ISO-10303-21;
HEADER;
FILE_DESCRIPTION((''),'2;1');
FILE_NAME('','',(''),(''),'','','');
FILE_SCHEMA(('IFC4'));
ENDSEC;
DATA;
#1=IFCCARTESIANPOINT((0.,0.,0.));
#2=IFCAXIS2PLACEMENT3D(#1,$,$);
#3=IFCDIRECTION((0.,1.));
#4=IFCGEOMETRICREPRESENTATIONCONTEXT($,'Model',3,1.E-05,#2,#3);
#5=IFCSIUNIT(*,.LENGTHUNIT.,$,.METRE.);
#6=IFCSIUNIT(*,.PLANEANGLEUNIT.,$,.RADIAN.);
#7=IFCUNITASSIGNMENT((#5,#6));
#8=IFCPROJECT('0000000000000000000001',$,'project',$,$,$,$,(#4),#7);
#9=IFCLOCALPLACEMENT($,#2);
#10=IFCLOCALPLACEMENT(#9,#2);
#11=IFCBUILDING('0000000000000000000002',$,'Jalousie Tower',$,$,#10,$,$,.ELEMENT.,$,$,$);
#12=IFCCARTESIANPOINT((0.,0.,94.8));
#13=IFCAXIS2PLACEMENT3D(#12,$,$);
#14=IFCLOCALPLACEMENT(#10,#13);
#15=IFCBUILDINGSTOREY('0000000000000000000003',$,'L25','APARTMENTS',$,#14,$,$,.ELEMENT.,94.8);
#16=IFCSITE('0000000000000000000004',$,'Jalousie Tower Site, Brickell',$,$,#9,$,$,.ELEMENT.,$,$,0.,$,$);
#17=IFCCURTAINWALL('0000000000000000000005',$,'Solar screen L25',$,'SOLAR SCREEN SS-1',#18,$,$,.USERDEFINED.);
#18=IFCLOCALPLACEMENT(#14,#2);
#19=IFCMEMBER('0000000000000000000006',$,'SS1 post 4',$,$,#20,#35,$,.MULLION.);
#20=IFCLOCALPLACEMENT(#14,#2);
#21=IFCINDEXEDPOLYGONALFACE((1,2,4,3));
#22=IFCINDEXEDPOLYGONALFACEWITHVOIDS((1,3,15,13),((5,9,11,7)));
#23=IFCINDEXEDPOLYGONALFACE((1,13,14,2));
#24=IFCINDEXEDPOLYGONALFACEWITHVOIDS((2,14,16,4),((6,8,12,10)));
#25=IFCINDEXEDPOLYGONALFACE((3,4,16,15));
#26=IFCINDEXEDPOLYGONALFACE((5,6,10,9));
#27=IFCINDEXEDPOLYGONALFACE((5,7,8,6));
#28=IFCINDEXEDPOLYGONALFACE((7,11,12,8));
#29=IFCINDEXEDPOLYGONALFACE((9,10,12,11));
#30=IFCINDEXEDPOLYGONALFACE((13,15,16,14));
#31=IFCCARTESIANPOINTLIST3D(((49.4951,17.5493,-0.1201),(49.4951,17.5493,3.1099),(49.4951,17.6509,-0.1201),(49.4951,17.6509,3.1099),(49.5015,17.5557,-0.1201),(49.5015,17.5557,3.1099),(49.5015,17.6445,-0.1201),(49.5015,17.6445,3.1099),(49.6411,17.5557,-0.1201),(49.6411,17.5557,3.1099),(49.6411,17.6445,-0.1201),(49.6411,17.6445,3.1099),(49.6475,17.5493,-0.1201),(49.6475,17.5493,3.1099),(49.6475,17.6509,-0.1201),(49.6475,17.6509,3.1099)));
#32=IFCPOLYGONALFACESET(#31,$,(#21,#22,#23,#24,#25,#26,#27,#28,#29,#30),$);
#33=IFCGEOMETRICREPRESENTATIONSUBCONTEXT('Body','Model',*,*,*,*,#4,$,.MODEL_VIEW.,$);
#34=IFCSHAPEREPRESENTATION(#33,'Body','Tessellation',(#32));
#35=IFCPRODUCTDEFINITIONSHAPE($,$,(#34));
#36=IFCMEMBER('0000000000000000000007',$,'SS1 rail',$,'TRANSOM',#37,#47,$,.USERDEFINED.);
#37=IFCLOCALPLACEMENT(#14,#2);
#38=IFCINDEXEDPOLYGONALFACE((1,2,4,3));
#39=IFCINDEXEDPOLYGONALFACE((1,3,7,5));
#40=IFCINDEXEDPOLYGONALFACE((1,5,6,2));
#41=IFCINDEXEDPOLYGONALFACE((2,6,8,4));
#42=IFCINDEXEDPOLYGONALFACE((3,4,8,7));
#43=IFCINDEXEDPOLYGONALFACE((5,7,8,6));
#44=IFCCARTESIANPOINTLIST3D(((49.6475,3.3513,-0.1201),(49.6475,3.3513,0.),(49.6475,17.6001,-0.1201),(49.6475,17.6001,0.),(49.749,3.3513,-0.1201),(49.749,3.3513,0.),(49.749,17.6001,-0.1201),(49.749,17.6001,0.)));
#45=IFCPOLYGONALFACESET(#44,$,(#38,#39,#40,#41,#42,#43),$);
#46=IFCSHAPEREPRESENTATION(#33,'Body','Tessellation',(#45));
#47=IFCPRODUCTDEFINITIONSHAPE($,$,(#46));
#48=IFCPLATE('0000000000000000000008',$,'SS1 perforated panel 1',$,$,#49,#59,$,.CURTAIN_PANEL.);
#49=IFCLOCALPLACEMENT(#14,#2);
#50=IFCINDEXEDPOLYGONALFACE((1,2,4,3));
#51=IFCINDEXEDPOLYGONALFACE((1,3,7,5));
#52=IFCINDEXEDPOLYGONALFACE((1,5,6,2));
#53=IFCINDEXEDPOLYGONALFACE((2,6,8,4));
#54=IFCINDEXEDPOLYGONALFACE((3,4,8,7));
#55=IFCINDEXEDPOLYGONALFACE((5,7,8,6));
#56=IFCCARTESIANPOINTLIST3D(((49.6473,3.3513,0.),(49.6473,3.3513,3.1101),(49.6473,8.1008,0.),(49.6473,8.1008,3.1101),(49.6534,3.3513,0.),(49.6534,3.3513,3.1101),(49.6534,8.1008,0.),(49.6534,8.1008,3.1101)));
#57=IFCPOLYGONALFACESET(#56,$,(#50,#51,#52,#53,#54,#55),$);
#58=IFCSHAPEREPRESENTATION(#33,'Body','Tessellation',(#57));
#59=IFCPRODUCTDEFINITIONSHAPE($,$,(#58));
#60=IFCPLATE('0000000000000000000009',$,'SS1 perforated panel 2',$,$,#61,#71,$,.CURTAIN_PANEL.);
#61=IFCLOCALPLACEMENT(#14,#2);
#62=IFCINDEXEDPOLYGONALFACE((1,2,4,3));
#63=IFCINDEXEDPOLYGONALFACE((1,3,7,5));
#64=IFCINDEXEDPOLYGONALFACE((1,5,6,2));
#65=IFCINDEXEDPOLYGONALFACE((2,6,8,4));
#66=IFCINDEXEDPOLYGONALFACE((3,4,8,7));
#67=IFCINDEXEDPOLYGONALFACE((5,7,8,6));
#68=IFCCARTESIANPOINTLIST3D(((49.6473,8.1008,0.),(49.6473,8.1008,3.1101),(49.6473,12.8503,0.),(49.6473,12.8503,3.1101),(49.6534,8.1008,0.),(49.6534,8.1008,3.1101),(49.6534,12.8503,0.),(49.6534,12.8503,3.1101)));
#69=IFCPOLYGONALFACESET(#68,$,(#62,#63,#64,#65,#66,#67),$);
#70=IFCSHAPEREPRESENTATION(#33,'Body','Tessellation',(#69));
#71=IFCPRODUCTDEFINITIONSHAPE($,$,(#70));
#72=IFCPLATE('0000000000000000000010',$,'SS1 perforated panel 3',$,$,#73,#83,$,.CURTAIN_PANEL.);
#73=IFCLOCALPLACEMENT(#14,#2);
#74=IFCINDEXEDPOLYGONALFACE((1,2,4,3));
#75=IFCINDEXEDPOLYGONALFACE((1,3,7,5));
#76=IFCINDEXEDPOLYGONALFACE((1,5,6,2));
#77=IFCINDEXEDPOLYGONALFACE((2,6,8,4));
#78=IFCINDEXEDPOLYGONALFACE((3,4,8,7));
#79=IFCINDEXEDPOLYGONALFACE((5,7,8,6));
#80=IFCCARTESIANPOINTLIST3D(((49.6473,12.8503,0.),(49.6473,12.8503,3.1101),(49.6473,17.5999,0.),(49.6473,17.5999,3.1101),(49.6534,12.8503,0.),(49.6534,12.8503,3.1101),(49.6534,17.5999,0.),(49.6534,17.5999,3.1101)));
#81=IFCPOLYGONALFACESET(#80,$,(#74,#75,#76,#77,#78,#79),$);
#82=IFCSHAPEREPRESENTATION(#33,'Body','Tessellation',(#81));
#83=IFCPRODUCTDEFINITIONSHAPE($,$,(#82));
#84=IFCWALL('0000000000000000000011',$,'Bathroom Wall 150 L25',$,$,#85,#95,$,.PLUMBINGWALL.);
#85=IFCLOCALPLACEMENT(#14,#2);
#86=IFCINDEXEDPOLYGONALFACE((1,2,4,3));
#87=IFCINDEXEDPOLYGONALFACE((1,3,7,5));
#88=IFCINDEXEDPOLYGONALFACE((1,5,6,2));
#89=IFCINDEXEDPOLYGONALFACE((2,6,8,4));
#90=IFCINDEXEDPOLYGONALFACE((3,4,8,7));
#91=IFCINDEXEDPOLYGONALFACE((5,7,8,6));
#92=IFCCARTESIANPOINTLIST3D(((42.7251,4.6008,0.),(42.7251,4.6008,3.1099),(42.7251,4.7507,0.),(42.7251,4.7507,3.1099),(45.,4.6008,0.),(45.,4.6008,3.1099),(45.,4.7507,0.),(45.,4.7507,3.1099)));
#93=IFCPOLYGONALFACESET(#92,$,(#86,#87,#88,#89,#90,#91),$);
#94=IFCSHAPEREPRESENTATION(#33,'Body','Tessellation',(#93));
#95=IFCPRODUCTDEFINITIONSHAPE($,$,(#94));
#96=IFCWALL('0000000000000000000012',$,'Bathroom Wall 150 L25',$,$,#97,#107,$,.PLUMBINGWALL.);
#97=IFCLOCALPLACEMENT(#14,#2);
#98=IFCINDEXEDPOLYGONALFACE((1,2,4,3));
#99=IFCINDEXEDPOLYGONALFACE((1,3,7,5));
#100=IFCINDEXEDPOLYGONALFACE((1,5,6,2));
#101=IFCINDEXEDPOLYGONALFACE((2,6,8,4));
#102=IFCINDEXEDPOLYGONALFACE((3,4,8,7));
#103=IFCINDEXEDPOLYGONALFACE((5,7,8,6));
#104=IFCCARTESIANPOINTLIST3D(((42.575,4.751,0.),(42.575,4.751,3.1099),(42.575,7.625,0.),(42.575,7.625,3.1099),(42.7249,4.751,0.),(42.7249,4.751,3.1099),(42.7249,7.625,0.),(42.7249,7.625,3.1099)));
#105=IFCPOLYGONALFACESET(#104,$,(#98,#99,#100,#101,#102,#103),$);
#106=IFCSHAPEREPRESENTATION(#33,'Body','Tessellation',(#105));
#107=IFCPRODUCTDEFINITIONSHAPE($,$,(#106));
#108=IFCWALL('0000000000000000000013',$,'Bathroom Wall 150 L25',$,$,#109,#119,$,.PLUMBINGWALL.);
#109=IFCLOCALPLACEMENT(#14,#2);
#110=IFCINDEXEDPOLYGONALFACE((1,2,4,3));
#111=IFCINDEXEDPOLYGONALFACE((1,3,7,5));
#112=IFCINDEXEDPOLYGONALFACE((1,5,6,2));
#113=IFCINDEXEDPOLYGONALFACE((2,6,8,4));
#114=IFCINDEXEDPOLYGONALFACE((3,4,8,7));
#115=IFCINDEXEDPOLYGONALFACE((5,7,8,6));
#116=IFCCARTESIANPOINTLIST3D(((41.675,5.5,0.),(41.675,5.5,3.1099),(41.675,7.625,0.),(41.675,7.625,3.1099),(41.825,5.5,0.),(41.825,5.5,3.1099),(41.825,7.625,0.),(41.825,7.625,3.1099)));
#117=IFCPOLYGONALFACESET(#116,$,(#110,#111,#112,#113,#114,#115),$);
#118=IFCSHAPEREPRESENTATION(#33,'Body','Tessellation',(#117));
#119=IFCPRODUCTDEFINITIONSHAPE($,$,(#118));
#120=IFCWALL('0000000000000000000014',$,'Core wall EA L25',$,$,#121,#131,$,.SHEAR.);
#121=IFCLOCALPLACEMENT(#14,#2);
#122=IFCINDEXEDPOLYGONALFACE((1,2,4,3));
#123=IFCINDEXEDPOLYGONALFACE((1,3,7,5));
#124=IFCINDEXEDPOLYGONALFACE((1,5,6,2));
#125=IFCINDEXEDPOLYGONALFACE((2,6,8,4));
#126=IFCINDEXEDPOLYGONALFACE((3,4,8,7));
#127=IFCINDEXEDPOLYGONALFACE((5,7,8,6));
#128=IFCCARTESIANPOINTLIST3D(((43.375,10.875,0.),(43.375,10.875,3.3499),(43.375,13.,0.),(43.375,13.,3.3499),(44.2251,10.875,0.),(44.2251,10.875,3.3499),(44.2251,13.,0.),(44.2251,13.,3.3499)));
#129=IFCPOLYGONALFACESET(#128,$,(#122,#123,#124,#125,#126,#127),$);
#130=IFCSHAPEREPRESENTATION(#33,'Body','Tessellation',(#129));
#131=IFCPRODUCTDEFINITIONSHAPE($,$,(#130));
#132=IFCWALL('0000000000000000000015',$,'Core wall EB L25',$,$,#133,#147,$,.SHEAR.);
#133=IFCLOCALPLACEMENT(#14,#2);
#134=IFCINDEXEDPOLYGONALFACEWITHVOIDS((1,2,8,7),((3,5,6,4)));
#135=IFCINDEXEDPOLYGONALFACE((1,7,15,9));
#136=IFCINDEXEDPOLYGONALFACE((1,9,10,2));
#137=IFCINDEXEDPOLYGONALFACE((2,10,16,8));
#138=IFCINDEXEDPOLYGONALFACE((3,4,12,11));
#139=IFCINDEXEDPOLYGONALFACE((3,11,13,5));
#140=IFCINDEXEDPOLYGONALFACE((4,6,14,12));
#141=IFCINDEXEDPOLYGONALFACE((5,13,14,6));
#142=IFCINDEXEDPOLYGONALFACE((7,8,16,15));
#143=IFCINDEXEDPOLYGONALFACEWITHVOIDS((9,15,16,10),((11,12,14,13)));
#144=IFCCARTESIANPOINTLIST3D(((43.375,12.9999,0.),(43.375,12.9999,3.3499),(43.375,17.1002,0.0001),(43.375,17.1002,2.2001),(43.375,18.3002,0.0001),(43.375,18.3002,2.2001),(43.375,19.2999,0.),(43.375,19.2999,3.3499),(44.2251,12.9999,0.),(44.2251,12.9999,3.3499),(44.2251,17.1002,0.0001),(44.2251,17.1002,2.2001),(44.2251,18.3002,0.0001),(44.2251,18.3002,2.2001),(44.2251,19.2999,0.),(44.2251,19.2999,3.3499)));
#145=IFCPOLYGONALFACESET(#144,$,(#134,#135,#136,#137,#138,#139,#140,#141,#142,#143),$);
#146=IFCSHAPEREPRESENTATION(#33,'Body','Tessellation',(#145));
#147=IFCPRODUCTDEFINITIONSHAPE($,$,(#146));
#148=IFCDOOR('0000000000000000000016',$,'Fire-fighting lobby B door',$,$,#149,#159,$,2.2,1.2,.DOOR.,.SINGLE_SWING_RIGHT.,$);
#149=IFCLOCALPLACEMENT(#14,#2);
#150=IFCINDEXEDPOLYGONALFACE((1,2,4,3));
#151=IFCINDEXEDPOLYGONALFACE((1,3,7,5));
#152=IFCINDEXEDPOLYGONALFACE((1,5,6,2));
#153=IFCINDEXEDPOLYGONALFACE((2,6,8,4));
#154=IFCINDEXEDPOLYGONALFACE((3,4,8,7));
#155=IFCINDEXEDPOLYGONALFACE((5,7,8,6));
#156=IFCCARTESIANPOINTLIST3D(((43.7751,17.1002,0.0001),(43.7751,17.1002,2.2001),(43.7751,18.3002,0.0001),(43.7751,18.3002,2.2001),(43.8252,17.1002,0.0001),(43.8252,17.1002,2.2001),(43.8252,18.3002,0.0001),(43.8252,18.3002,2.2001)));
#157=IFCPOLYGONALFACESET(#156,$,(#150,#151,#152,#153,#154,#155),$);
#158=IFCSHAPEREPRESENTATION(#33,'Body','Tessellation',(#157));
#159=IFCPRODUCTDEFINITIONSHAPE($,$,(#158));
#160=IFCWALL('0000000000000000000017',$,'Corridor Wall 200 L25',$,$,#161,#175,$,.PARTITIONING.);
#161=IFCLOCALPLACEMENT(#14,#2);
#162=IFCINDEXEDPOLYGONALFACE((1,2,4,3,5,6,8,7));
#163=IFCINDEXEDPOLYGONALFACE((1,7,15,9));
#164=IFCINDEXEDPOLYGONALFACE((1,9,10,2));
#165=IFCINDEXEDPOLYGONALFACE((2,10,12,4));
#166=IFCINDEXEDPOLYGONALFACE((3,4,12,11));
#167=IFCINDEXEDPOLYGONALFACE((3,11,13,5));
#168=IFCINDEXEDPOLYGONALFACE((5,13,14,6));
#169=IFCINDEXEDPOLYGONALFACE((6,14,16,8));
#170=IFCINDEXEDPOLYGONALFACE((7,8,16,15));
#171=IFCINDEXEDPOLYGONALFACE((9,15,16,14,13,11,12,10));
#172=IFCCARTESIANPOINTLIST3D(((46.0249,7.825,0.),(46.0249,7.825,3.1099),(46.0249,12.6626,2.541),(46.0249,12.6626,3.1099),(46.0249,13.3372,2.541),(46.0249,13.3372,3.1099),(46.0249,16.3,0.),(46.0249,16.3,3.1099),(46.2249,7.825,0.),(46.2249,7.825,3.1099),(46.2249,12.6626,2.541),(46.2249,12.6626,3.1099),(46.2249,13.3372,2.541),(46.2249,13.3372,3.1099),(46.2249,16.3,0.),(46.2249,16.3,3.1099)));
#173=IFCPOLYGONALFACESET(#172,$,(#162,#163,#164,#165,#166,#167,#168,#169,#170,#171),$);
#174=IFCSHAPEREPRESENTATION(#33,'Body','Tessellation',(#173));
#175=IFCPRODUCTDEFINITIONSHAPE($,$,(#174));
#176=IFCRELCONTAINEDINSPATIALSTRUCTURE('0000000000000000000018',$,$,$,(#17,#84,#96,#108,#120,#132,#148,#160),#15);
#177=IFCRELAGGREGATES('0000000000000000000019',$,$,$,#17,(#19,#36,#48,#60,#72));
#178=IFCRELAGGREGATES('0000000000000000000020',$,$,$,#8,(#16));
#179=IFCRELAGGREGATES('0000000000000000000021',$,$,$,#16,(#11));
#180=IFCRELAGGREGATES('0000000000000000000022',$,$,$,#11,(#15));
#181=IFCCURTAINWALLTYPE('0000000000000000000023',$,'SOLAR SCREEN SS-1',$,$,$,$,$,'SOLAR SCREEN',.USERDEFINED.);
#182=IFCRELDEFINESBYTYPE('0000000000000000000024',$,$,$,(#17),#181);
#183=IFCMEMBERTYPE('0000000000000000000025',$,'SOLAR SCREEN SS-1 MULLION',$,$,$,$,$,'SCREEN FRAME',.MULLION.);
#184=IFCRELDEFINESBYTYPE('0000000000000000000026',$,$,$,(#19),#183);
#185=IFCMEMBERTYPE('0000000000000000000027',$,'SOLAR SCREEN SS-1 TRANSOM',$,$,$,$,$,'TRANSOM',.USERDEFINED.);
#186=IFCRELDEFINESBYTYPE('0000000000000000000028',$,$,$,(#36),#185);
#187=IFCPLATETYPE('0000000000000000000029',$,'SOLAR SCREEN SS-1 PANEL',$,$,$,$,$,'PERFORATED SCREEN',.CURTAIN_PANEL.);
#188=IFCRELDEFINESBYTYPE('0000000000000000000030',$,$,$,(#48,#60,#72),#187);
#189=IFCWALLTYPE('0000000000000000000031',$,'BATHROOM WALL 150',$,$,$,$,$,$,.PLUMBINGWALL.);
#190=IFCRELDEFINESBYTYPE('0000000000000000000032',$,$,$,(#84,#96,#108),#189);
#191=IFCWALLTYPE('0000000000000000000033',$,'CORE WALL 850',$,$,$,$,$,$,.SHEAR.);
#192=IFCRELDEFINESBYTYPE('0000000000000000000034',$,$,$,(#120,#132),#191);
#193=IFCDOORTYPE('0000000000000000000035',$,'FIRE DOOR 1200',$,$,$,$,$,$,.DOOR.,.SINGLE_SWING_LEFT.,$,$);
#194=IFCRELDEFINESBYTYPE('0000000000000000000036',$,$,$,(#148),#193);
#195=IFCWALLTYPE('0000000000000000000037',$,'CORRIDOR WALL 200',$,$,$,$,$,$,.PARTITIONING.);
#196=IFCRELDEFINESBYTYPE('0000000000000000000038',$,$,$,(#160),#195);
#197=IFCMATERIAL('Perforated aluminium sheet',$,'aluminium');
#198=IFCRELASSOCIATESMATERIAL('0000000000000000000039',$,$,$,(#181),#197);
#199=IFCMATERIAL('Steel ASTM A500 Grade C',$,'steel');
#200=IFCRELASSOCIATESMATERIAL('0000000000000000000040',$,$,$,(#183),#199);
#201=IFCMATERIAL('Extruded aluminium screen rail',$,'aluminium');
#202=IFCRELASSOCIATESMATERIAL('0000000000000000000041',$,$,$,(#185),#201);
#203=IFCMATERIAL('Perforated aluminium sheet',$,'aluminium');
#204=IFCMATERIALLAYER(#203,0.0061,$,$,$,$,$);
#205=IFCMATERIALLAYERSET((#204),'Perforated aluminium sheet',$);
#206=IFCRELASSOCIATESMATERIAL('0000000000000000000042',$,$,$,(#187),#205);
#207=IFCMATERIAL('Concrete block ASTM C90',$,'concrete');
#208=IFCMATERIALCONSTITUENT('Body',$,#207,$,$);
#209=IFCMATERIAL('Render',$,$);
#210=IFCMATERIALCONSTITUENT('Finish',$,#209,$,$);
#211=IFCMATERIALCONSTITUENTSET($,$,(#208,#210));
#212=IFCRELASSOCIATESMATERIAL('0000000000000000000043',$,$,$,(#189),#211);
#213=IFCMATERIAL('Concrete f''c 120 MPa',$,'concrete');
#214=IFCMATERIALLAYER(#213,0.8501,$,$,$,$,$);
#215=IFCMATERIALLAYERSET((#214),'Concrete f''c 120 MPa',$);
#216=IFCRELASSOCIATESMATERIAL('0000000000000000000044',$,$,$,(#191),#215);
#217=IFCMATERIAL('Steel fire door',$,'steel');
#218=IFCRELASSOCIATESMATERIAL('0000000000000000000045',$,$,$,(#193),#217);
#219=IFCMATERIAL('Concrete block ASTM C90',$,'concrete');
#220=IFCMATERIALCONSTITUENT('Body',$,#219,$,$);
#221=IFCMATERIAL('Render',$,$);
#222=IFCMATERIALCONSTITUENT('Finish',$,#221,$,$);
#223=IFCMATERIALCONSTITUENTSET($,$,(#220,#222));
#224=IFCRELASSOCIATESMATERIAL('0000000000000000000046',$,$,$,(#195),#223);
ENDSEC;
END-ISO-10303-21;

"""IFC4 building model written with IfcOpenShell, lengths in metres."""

from ifc_helpers import new_model, si_unit, direction, frame, frame_2d, origin, origin_2d, place, context, subcontext, project, spatial, polyline, rectangle, hollow_rectangle, outline, extrude, material, layer, layer_set, constituent, constituent_set, material_profile, profile_set, type_object, element, fill, aggregate, save


model = new_model("IFC4")

# Units and contexts
model_context = context("Model", 3, precision=1e-05, world=origin(), true_north=direction((0.0, 1.0)))
body_context = subcontext(model_context, "Body", "Model", "MODEL_VIEW")
ifc_project = project(units=[si_unit("LENGTHUNIT", "METRE"), si_unit("PLANEANGLEUNIT", "RADIAN")], contexts=[model_context])

# Site, building, storey
site_placement = place(None, origin())
site = spatial("IfcSite", under=ifc_project, at=site_placement, Name="Jalousie Tower Site, Brickell", CompositionType="ELEMENT", RefElevation=0.0)
building_placement = place(site_placement, origin())
building = spatial("IfcBuilding", under=site, at=building_placement, Name="Jalousie Tower", CompositionType="ELEMENT")
storey_placement = place(building_placement, frame((0.0, 0.0, 94.8)))
storey = spatial("IfcBuildingStorey", under=building, at=storey_placement, Name="L25", Description="APARTMENTS", CompositionType="ELEMENT", Elevation=94.8)

# Curtain wall, members, plates
ifc_material_1 = material(Name="Perforated aluminium sheet", Category="aluminium")
curtain_wall_type = type_object("IfcCurtainWallType", Name="SOLAR SCREEN SS-1", ElementType="SOLAR SCREEN", PredefinedType="USERDEFINED", material=ifc_material_1)
curtain_wall_placement = place(storey_placement, origin())
curtain_wall = element("IfcCurtainWall", 1, at=curtain_wall_placement, inside=storey, type_object=curtain_wall_type, Name="Solar screen L25", ObjectType="SOLAR SCREEN SS-1", PredefinedType="USERDEFINED")
ifc_material_2 = material(Name="Steel ASTM A500 Grade C", Category="steel")
ifc_material_profile_1 = material_profile(ifc_material_2, hollow_rectangle(XDim=0.1016, YDim=0.1523, WallThickness=0.0063, at=origin_2d()), Name="HSS6X4X1/4")
ifc_profile_set_1 = profile_set([ifc_material_profile_1], Name="Steel ASTM A500 Grade C")
member_type_1 = type_object("IfcMemberType", Name="SOLAR SCREEN SS-1 MULLION", ElementType="SCREEN FRAME", PredefinedType="MULLION", material=ifc_profile_set_1)
member_1_placement = place(storey_placement, frame((49.5713, 17.6001, -0.1201), z_axis=(0.0, 0.0, 1.0), x_axis=(0.0, 1.0, 0.0)))
member_1 = element("IfcMember", 2, at=member_1_placement, type_object=member_type_1, Name="SS1 post 4", PredefinedType="MULLION", context=body_context, shape_type="SweptSolid", body=[
    extrude(hollow_rectangle(XDim=0.1016, YDim=0.1523, WallThickness=0.0063, at=origin_2d()), origin(), (0.0, 0.0, 1.0), 3.23),
])
ifc_material_3 = material(Name="Extruded aluminium screen rail", Category="aluminium")
ifc_material_profile_2 = material_profile(ifc_material_3, rectangle(XDim=0.1016, YDim=0.1201, at=origin_2d()), Name="RAIL 102x120")
ifc_profile_set_2 = profile_set([ifc_material_profile_2], Name="Extruded aluminium screen rail")
member_type_2 = type_object("IfcMemberType", Name="SOLAR SCREEN SS-1 TRANSOM", ElementType="TRANSOM", PredefinedType="USERDEFINED", material=ifc_profile_set_2)
member_2_placement = place(storey_placement, frame((49.6982, 3.3513, -0.0601), z_axis=(0.0, 1.0, 0.0), x_axis=(-1.0, 0.0, 0.0)))
member_2 = element("IfcMember", 3, at=member_2_placement, type_object=member_type_2, Name="SS1 rail", ObjectType="TRANSOM", PredefinedType="USERDEFINED", context=body_context, shape_type="SweptSolid", body=[
    extrude(rectangle(XDim=0.1016, YDim=0.1201, at=origin_2d()), origin(), (0.0, 0.0, 1.0), 14.2488),
])
ifc_material_4 = material(Name="Perforated aluminium sheet", Category="aluminium")
ifc_layer_1 = layer(ifc_material_4, 0.0061)
ifc_layer_set_1 = layer_set([ifc_layer_1], Name="Perforated aluminium sheet")
plate_type = type_object("IfcPlateType", Name="SOLAR SCREEN SS-1 PANEL", ElementType="PERFORATED SCREEN", PredefinedType="CURTAIN_PANEL", material=ifc_layer_set_1)
plate_1_placement = place(storey_placement, frame((49.6504, 5.7261, 0.0), z_axis=(0.0, 0.0, 1.0), x_axis=(0.0, 1.0, 0.0)))
plate_1 = element("IfcPlate", 4, at=plate_1_placement, type_object=plate_type, Name="SS1 perforated panel 1", PredefinedType="CURTAIN_PANEL", context=body_context, shape_type="SweptSolid", body=[
    extrude(rectangle(XDim=4.7495, YDim=0.0061, at=origin_2d()), origin(), (0.0, 0.0, 1.0), 3.1101),
])
plate_2_placement = place(storey_placement, frame((49.6504, 10.4756, 0.0), z_axis=(0.0, 0.0, 1.0), x_axis=(0.0, 1.0, 0.0)))
plate_2 = element("IfcPlate", 5, at=plate_2_placement, type_object=plate_type, Name="SS1 perforated panel 2", PredefinedType="CURTAIN_PANEL", context=body_context, shape_type="SweptSolid", body=[
    extrude(rectangle(XDim=4.7495, YDim=0.0061, at=origin_2d()), origin(), (0.0, 0.0, 1.0), 3.1101),
])
plate_3_placement = place(storey_placement, frame((49.6504, 15.2251, 0.0), z_axis=(0.0, 0.0, 1.0), x_axis=(0.0, 1.0, 0.0)))
plate_3 = element("IfcPlate", 6, at=plate_3_placement, type_object=plate_type, Name="SS1 perforated panel 3", PredefinedType="CURTAIN_PANEL", context=body_context, shape_type="SweptSolid", body=[
    extrude(rectangle(XDim=4.7495, YDim=0.0061, at=origin_2d()), origin(), (0.0, 0.0, 1.0), 3.1101),
])
aggregate(curtain_wall, [member_1, member_2, plate_1, plate_2, plate_3])

# Walls
ifc_material_5 = material(Name="Concrete block ASTM C90", Category="concrete")
ifc_constituent_1 = constituent(ifc_material_5, Name="Body")
ifc_material_6 = material(Name="Render")
ifc_constituent_2 = constituent(ifc_material_6, Name="Finish")
ifc_constituent_set_1 = constituent_set(constituents=[ifc_constituent_1, ifc_constituent_2])
wall_type_1 = type_object("IfcWallType", Name="BATHROOM WALL 150", PredefinedType="PLUMBINGWALL", material=ifc_constituent_set_1)
wall_1_placement = place(storey_placement, frame((42.7251, 4.6758, 0.0), z_axis=(0.0, 0.0, 1.0), x_axis=(1.0, 0.0, 0.0)))
element("IfcWall", 7, at=wall_1_placement, inside=storey, type_object=wall_type_1, Name="Bathroom Wall 150 L25", PredefinedType="PLUMBINGWALL", context=body_context, shape_type="SweptSolid", body=[
    extrude(rectangle(XDim=2.2749, YDim=0.1499, at=frame_2d((1.1375, 0.0))), origin(), (0.0, 0.0, 1.0), 3.1099),
])
wall_2_placement = place(storey_placement, frame((42.6499, 4.751, 0.0), z_axis=(0.0, 0.0, 1.0), x_axis=(0.0, 1.0, 0.0)))
element("IfcWall", 8, at=wall_2_placement, inside=storey, type_object=wall_type_1, Name="Bathroom Wall 150 L25", PredefinedType="PLUMBINGWALL", context=body_context, shape_type="SweptSolid", body=[
    extrude(rectangle(XDim=2.874, YDim=0.1499, at=frame_2d((1.437, 0.0))), origin(), (0.0, 0.0, 1.0), 3.1099),
])
wall_3_placement = place(storey_placement, frame((41.75, 5.5, 0.0), z_axis=(0.0, 0.0, 1.0), x_axis=(0.0, 1.0, 0.0)))
element("IfcWall", 9, at=wall_3_placement, inside=storey, type_object=wall_type_1, Name="Bathroom Wall 150 L25", PredefinedType="PLUMBINGWALL", context=body_context, shape_type="SweptSolid", body=[
    extrude(rectangle(XDim=2.125, YDim=0.1499, at=frame_2d((1.0625, 0.0))), origin(), (0.0, 0.0, 1.0), 3.1099),
])
ifc_material_7 = material(Name="Concrete f'c 120 MPa", Category="concrete")
ifc_layer_2 = layer(ifc_material_7, 0.8501)
ifc_layer_set_2 = layer_set([ifc_layer_2], Name="Concrete f'c 120 MPa")
wall_type_2 = type_object("IfcWallType", Name="CORE WALL 850", PredefinedType="SHEAR", material=ifc_layer_set_2)
wall_4_placement = place(storey_placement, frame((43.8, 10.875, 0.0), z_axis=(0.0, 0.0, 1.0), x_axis=(0.0, 1.0, 0.0)))
element("IfcWall", 10, at=wall_4_placement, inside=storey, type_object=wall_type_2, Name="Core wall EA L25", PredefinedType="SHEAR", context=body_context, shape_type="SweptSolid", body=[
    extrude(rectangle(XDim=2.125, YDim=0.8501, at=frame_2d((1.0625, 0.0))), origin(), (0.0, 0.0, 1.0), 3.3499),
])

# Wall, opening, door
wall_5_placement = place(storey_placement, frame((43.8, 13.0, 0.0), z_axis=(0.0, 0.0, 1.0), x_axis=(0.0, 1.0, 0.0)))
wall_5 = element("IfcWall", 11, at=wall_5_placement, inside=storey, type_object=wall_type_2, Name="Core wall EB L25", PredefinedType="SHEAR", context=body_context, shape_type="SweptSolid", body=[
    extrude(rectangle(XDim=6.3, YDim=0.8501, at=frame_2d((3.1499, 0.0))), origin(), (0.0, 0.0, 1.0), 3.3499),
])
opening_1_placement = place(wall_5_placement, frame((4.1001, 0.0, 0.0)))
opening_1 = element("IfcOpeningElement", 12, at=opening_1_placement, cuts=wall_5, PredefinedType="OPENING", context=body_context, shape_type="SweptSolid", body=[
    extrude(rectangle(XDim=1.2, YDim=2.2, at=frame_2d((0.6001, 1.1001))), frame((0.0, 0.4351, 0.0), z_axis=(0.0, -1.0, 0.0), x_axis=(1.0, 0.0, 0.0)), (0.0, 0.0, 1.0), 0.8701),
])
ifc_material_8 = material(Name="Steel fire door", Category="steel")
door_type_1 = type_object("IfcDoorType", Name="FIRE DOOR 1200", OperationType="SINGLE_SWING_LEFT", PredefinedType="DOOR", material=ifc_material_8)
door_1_placement = place(opening_1_placement, origin())
door_1 = element("IfcDoor", 13, at=door_1_placement, inside=storey, type_object=door_type_1, Name="Fire-fighting lobby B door", OperationType="SINGLE_SWING_RIGHT", OverallHeight=2.2, OverallWidth=1.2, PredefinedType="DOOR", context=body_context, shape_type="SweptSolid", body=[
    extrude(rectangle(XDim=1.2, YDim=2.2, at=frame_2d((0.6001, 1.1001))), frame((0.0, 0.0249, 0.0), z_axis=(0.0, -1.0, 0.0), x_axis=(1.0, 0.0, 0.0)), (0.0, 0.0, 1.0), 0.05),
])
fill(opening_1, door_1)

# Wall
ifc_material_9 = material(Name="Concrete block ASTM C90", Category="concrete")
ifc_constituent_3 = constituent(ifc_material_9, Name="Body")
ifc_material_10 = material(Name="Render")
ifc_constituent_4 = constituent(ifc_material_10, Name="Finish")
ifc_constituent_set_2 = constituent_set(constituents=[ifc_constituent_3, ifc_constituent_4])
wall_type_3 = type_object("IfcWallType", Name="CORRIDOR WALL 200", PredefinedType="PARTITIONING", material=ifc_constituent_set_2)
wall_6_placement = place(storey_placement, frame((46.125, 7.825, 0.0), z_axis=(0.0, 0.0, 1.0), x_axis=(0.0, 1.0, 0.0)))
element("IfcWall", 14, at=wall_6_placement, inside=storey, type_object=wall_type_3, Name="Corridor Wall 200 L25", PredefinedType="PARTITIONING", context=body_context, shape_type="SweptSolid", body=[
    extrude(outline(polyline([(0.0, 0.0), (8.4751, 0.0), (8.4751, 3.1099), (5.5122, 3.1099), (5.5122, 2.541), (4.8376, 2.541), (4.8376, 3.1099), (0.0, 3.1099), (0.0, 0.0)])), frame((0.0, 0.1001, 0.0), z_axis=(0.0, -1.0, 0.0), x_axis=(1.0, 0.0, 0.0)), (0.0, 0.0, 1.0), 0.2),
])

save(model, "model.ifc")
